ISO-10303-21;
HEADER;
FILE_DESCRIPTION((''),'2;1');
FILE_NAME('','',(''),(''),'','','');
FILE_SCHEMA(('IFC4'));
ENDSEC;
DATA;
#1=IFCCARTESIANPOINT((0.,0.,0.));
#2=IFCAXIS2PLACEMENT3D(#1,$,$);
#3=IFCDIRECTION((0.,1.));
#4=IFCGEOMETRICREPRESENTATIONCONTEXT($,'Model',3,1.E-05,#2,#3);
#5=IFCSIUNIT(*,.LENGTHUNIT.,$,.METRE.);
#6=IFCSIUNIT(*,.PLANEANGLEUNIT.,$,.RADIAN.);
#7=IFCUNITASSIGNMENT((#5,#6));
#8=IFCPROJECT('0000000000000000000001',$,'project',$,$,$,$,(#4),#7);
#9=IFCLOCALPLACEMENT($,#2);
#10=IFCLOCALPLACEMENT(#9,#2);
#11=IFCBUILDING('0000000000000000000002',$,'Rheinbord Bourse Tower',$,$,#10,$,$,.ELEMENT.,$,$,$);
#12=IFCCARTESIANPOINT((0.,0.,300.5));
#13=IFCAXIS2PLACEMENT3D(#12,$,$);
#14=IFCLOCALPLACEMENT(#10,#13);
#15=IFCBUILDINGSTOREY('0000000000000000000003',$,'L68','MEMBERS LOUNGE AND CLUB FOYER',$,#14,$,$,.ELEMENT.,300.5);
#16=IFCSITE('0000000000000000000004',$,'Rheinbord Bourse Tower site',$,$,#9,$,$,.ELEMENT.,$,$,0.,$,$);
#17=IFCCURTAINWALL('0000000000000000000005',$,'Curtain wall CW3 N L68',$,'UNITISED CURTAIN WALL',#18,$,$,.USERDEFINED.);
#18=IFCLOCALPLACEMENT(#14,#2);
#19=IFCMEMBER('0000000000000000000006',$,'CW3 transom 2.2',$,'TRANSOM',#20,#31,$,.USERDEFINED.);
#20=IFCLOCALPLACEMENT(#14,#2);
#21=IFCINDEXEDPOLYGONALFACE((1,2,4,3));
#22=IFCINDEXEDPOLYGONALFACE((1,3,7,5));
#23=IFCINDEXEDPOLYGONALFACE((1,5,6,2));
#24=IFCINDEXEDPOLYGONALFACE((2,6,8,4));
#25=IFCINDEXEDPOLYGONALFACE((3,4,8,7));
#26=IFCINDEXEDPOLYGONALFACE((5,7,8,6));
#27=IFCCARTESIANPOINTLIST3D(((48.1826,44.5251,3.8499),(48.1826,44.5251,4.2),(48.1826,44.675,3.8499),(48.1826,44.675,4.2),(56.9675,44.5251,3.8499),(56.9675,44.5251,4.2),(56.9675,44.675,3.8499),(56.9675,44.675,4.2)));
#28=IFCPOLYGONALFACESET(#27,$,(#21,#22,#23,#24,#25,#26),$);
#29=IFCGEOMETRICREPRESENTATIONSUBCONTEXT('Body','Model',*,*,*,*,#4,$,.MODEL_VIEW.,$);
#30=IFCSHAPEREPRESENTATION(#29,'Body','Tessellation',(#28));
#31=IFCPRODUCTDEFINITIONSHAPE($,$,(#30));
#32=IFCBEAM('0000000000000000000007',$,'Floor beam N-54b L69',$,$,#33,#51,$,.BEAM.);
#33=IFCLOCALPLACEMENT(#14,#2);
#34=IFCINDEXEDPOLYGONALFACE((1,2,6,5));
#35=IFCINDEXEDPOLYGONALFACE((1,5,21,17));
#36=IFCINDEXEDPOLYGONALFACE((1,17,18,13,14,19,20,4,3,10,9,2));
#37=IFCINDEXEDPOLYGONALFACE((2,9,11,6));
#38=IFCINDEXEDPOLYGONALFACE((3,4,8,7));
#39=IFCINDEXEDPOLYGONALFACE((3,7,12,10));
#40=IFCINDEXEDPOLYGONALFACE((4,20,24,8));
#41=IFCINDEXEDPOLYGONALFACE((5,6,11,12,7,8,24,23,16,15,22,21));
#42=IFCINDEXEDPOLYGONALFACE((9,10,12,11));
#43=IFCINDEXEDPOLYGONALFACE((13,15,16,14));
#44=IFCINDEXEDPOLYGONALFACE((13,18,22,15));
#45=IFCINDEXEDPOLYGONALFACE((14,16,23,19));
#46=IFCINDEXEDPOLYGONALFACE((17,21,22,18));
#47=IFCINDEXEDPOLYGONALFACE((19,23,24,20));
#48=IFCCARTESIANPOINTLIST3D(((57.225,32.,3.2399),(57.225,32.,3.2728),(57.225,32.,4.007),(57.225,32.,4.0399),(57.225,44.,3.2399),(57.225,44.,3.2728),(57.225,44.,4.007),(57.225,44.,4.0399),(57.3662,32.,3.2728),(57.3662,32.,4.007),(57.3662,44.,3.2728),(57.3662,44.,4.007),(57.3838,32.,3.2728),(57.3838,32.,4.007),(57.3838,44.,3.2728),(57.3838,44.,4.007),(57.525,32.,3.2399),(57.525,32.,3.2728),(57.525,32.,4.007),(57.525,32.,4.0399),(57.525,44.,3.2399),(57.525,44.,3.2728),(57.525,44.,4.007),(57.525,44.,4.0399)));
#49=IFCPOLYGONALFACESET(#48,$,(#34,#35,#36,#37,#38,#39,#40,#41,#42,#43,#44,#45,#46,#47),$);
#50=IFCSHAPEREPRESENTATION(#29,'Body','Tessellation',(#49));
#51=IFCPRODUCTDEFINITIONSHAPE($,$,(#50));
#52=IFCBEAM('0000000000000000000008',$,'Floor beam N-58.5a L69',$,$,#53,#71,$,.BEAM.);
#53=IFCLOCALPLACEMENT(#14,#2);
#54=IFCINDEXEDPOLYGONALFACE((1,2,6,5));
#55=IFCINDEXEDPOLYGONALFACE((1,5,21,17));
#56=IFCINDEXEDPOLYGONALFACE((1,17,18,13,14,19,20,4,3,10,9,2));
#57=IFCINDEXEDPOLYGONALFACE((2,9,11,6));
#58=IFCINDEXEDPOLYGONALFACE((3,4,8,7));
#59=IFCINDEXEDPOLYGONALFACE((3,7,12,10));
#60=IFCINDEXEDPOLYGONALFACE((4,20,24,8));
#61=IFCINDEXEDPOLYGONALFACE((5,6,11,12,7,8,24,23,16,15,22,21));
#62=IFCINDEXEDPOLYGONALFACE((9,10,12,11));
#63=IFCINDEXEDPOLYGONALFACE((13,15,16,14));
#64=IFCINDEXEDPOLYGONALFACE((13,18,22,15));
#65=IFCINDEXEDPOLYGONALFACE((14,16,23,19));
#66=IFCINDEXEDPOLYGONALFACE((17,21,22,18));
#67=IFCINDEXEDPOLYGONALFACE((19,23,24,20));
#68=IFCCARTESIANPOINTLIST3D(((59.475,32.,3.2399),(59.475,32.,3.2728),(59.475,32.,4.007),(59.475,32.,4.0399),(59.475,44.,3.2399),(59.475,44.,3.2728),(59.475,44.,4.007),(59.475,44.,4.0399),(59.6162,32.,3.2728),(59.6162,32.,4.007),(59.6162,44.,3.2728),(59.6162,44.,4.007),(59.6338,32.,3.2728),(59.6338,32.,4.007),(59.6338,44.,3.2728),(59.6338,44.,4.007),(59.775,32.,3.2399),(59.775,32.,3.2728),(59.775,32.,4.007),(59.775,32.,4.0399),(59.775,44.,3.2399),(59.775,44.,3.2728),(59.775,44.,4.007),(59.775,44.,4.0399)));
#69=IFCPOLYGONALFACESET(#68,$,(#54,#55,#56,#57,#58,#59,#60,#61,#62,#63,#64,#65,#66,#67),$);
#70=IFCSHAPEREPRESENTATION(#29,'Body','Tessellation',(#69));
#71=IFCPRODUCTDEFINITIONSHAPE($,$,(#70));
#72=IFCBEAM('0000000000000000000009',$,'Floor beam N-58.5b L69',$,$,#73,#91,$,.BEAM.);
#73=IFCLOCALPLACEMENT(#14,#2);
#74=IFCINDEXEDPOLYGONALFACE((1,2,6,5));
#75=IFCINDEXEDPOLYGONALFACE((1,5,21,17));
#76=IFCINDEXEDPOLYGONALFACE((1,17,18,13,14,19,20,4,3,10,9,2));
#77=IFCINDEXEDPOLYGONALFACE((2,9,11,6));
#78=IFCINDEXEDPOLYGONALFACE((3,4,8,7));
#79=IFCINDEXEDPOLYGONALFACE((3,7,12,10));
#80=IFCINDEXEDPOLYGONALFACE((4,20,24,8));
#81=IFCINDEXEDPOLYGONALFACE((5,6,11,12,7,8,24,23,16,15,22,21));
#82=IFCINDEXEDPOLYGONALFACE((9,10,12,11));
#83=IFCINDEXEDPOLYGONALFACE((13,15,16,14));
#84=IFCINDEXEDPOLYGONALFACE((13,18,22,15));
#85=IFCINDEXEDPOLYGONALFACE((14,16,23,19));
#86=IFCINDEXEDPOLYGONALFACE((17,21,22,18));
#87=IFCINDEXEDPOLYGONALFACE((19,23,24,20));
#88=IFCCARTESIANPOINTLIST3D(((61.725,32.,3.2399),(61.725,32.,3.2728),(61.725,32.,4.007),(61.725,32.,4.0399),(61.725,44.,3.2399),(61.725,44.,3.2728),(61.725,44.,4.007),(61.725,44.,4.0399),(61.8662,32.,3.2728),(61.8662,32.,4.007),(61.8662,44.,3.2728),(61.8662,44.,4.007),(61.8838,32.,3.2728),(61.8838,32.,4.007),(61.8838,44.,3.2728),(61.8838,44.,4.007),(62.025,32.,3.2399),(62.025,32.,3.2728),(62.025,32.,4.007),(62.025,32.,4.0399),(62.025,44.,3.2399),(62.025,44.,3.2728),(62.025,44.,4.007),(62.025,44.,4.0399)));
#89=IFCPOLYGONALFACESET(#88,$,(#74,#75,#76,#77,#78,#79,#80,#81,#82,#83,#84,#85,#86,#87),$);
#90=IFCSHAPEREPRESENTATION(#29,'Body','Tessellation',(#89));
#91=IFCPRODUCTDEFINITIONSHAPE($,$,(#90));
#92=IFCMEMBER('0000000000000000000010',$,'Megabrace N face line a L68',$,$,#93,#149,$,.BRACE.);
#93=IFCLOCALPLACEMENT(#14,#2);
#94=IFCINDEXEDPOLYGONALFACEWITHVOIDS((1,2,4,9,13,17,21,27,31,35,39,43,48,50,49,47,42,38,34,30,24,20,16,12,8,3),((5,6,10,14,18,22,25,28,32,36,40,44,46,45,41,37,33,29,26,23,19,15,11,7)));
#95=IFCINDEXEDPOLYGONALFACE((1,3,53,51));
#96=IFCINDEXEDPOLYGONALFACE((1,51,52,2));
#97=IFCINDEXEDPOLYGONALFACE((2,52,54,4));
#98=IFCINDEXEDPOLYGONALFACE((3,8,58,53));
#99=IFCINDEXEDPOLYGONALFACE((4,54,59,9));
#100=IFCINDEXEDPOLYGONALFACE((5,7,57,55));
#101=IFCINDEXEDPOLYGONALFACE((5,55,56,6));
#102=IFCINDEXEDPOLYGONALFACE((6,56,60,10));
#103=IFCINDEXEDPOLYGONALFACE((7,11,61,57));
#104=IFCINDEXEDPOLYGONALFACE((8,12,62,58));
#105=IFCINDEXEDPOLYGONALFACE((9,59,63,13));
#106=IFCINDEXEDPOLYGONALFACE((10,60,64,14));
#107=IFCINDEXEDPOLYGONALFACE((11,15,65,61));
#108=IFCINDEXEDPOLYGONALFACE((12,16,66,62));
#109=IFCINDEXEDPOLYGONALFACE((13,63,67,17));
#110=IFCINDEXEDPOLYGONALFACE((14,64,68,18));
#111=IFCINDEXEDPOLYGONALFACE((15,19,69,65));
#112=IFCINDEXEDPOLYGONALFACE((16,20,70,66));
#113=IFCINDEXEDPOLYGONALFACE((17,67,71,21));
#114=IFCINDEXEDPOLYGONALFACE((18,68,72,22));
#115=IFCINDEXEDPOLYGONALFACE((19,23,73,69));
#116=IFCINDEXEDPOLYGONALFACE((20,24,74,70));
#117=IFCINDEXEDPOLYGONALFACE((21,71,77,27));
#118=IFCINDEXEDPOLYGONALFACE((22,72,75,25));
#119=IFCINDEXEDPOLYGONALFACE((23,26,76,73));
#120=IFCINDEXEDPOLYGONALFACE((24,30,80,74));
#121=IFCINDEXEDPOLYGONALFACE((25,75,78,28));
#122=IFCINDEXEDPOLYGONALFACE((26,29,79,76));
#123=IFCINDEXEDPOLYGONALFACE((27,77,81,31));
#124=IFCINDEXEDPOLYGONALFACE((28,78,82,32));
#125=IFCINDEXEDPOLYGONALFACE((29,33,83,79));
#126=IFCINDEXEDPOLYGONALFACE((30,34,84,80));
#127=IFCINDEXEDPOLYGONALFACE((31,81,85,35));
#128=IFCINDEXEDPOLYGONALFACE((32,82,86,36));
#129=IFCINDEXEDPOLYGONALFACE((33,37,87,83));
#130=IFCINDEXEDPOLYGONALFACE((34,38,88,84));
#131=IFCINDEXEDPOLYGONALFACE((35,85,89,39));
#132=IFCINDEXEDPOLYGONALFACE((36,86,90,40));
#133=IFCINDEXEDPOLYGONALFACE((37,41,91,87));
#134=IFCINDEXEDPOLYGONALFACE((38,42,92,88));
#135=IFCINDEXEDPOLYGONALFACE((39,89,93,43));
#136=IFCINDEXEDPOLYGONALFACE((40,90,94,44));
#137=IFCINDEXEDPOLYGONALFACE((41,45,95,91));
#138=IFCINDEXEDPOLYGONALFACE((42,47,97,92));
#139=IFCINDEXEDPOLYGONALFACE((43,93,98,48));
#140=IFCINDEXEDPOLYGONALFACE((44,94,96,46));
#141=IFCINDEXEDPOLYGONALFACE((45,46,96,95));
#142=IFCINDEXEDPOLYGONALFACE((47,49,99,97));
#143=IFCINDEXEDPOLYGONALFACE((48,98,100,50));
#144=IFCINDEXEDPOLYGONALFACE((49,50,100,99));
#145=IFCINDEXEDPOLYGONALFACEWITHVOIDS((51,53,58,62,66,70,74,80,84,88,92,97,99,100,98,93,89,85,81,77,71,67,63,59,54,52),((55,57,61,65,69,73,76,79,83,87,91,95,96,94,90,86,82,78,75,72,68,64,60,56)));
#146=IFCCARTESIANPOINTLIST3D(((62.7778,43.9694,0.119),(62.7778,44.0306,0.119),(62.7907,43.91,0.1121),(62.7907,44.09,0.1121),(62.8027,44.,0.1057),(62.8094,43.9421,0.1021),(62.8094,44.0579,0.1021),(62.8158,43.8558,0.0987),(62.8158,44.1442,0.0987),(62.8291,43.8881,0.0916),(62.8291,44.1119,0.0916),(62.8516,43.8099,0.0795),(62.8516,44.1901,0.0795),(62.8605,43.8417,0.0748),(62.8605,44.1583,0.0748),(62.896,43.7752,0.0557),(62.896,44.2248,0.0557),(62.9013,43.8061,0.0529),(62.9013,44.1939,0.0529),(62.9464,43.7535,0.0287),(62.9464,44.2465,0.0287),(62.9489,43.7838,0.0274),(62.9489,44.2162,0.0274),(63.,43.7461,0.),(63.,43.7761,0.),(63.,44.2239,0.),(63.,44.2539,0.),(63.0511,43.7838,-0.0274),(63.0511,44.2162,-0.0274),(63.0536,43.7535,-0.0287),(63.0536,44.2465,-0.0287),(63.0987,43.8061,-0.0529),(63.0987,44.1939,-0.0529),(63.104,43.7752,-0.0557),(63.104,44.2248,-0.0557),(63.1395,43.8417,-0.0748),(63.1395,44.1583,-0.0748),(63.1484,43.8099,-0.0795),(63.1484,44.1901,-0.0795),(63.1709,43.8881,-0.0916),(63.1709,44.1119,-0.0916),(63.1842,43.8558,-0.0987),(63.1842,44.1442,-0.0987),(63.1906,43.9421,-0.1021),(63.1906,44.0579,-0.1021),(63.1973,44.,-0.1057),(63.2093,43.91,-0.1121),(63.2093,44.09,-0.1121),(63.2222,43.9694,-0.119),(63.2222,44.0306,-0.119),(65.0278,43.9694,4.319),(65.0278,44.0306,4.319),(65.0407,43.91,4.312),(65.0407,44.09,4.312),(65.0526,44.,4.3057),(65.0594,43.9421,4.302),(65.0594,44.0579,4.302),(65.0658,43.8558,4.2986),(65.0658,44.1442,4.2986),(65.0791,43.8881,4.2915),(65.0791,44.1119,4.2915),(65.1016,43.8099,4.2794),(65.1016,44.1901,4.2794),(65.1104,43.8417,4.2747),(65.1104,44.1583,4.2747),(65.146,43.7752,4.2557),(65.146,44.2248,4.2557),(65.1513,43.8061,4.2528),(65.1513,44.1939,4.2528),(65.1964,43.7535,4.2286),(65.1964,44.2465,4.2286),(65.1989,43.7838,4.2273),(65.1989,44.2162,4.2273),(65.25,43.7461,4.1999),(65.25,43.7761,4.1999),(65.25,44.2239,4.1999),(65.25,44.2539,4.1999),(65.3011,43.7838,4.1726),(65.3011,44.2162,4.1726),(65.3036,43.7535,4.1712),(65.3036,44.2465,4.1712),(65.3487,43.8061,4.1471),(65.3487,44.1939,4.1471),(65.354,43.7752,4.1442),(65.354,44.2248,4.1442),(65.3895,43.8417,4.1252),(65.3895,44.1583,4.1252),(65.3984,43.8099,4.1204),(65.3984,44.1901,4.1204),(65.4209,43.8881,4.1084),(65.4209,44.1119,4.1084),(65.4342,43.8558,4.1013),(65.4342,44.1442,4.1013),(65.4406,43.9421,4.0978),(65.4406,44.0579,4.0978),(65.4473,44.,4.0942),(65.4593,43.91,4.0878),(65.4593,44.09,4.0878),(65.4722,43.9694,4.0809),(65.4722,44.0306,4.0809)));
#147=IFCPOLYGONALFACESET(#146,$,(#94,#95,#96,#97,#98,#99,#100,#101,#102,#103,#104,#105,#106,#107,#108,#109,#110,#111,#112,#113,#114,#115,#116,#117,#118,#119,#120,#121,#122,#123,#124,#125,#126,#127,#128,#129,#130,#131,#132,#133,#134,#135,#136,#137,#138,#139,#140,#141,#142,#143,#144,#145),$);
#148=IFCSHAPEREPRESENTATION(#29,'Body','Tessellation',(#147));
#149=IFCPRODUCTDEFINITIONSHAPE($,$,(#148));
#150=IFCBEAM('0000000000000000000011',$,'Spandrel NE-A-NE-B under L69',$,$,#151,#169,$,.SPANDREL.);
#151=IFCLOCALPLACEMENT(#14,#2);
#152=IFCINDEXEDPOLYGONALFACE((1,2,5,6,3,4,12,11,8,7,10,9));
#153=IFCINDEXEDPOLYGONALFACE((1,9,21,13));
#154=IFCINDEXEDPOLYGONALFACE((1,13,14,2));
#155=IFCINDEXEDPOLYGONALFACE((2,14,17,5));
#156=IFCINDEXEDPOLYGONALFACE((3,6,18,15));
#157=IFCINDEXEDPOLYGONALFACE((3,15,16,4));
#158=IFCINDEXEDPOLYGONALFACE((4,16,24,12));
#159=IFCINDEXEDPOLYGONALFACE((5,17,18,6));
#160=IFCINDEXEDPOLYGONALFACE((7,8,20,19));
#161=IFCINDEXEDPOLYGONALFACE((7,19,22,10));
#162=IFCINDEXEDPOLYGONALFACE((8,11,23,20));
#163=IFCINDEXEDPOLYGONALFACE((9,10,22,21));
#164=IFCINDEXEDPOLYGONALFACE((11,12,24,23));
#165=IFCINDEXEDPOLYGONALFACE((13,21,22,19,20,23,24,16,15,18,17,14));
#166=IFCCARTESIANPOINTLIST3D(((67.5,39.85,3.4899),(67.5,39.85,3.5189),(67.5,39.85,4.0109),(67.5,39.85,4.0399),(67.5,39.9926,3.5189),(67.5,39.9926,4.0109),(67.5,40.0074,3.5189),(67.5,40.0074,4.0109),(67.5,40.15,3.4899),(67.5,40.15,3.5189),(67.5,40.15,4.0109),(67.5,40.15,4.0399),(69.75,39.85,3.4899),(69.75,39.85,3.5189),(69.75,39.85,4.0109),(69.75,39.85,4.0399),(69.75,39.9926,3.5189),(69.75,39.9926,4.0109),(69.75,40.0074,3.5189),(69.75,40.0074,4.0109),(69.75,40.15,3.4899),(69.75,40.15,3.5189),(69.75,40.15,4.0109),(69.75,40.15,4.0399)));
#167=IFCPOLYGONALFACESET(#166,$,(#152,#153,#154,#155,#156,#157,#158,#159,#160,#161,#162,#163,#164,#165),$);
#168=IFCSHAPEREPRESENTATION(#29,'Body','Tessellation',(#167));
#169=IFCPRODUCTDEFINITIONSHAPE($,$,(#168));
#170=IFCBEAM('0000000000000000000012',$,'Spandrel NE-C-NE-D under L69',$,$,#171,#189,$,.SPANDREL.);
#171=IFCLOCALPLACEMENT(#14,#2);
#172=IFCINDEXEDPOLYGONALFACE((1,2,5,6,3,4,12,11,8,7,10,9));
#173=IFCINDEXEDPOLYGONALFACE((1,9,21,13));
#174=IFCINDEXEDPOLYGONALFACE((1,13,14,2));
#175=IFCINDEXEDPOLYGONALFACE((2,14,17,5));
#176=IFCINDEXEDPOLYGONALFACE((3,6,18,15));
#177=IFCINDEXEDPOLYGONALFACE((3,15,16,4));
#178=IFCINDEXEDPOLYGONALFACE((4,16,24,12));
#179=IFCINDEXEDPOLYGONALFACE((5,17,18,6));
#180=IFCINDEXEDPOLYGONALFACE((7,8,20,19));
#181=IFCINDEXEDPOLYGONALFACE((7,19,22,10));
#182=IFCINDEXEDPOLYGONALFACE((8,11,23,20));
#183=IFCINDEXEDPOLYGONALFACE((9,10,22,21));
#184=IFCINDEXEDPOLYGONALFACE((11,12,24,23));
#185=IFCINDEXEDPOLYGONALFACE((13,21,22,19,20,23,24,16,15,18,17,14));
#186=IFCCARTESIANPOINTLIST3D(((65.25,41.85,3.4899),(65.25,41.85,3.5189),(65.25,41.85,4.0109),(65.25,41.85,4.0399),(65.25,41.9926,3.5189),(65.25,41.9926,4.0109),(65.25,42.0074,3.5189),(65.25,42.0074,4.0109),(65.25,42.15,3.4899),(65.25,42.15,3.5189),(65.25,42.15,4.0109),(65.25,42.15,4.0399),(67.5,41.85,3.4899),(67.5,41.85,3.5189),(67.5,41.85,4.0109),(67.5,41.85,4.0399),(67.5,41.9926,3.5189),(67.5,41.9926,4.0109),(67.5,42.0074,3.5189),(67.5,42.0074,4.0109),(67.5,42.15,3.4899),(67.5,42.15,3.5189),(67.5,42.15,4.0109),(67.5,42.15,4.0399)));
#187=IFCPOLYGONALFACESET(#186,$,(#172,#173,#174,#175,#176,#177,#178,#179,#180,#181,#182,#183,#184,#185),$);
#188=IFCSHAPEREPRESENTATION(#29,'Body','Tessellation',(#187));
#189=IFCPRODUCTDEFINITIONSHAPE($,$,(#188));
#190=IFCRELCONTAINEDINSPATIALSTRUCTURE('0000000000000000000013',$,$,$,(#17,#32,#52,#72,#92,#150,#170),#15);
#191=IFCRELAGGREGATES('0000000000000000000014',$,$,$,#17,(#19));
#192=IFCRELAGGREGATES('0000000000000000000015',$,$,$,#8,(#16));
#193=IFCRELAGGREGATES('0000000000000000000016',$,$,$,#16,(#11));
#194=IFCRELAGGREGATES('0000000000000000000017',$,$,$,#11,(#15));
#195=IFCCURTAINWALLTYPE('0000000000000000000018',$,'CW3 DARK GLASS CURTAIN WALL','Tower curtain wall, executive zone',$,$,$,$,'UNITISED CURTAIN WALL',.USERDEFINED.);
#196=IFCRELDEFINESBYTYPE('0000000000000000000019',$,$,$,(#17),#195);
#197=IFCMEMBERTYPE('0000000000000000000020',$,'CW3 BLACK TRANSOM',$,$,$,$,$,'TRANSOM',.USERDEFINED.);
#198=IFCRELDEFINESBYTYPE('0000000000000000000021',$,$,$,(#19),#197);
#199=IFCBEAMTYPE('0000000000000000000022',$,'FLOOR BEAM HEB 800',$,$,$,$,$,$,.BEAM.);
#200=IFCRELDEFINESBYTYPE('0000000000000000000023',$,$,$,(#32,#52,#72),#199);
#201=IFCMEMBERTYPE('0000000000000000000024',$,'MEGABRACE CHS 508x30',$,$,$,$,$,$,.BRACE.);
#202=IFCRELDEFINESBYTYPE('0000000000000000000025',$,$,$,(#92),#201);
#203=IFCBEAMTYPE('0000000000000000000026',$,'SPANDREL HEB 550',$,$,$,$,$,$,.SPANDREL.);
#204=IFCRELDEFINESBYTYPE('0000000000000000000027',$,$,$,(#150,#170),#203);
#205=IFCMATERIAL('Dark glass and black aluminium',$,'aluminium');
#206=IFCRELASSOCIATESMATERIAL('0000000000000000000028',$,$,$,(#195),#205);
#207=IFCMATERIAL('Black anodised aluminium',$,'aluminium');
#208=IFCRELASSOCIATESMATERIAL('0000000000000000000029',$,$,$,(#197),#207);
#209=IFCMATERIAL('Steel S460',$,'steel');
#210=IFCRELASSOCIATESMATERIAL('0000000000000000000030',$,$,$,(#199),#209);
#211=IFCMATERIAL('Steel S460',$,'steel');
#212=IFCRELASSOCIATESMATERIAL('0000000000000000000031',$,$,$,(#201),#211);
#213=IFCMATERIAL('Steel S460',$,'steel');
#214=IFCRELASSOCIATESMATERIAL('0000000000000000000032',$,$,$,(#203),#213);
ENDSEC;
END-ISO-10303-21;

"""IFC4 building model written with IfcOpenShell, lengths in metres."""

from ifc_helpers import new_model, si_unit, direction, frame, origin, origin_2d, place, context, subcontext, project, spatial, rectangle, hollow_circle, i_section, extrude, material, material_profile, profile_set, type_object, element, aggregate, save


model = new_model("IFC4")

# Units and contexts
model_context = context("Model", 3, precision=1e-05, world=origin(), true_north=direction((0.0, 1.0)))
body_context = subcontext(model_context, "Body", "Model", "MODEL_VIEW")
ifc_project = project(units=[si_unit("LENGTHUNIT", "METRE"), si_unit("PLANEANGLEUNIT", "RADIAN")], contexts=[model_context])

# Site, building, storey
site_placement = place(None, origin())
site = spatial("IfcSite", under=ifc_project, at=site_placement, Name="Rheinbord Bourse Tower site", CompositionType="ELEMENT", RefElevation=0.0)
building_placement = place(site_placement, origin())
building = spatial("IfcBuilding", under=site, at=building_placement, Name="Rheinbord Bourse Tower", CompositionType="ELEMENT")
storey_placement = place(building_placement, frame((0.0, 0.0, 300.5)))
storey = spatial("IfcBuildingStorey", under=building, at=storey_placement, Name="L68", Description="MEMBERS LOUNGE AND CLUB FOYER", CompositionType="ELEMENT", Elevation=300.5)

# Curtain wall
ifc_material_1 = material(Name="Dark glass and black aluminium", Category="aluminium")
curtain_wall_type = type_object("IfcCurtainWallType", Name="CW3 DARK GLASS CURTAIN WALL", Description="Tower curtain wall, executive zone", ElementType="UNITISED CURTAIN WALL", PredefinedType="USERDEFINED", material=ifc_material_1)
curtain_wall_1_placement = place(storey_placement, origin())
curtain_wall_1 = element("IfcCurtainWall", 1, at=curtain_wall_1_placement, inside=storey, type_object=curtain_wall_type, Name="Curtain wall CW3 N L68", ObjectType="UNITISED CURTAIN WALL", PredefinedType="USERDEFINED")

# Member
ifc_material_2 = material(Name="Black anodised aluminium", Category="aluminium")
ifc_material_profile_1 = material_profile(ifc_material_2, rectangle(XDim=0.1499, YDim=0.3501, at=origin_2d()), Name="CW3 TRANSOM 350x150")
ifc_profile_set_1 = profile_set([ifc_material_profile_1], Name="Black anodised aluminium")
member_type_1 = type_object("IfcMemberType", Name="CW3 BLACK TRANSOM", ElementType="TRANSOM", PredefinedType="USERDEFINED", material=ifc_profile_set_1)
member_1_placement = place(storey_placement, frame((56.9675, 44.6001, 4.0249), z_axis=(-1.0, 0.0, 0.0), x_axis=(0.0, -1.0, 0.0)))
member_1 = element("IfcMember", 2, at=member_1_placement, type_object=member_type_1, Name="CW3 transom 2.2", ObjectType="TRANSOM", PredefinedType="USERDEFINED", context=body_context, shape_type="SweptSolid", body=[
    extrude(rectangle(XDim=0.1499, YDim=0.3501, at=origin_2d()), origin(), (0.0, 0.0, 1.0), 8.7849),
])

# Beams
ifc_material_3 = material(Name="Steel S460", Category="steel")
ifc_material_profile_2 = material_profile(ifc_material_3, i_section(OverallWidth=0.3, OverallDepth=0.8, WebThickness=0.0176, FlangeThickness=0.033, at=origin_2d()), Name="HEB 800")
ifc_profile_set_2 = profile_set([ifc_material_profile_2], Name="Steel S460")
beam_type_1 = type_object("IfcBeamType", Name="FLOOR BEAM HEB 800", PredefinedType="BEAM", material=ifc_profile_set_2)
for number, where, z_axis, x_axis, name in (
    (3, (57.375, 44.0, 3.6399), (0.0, -1.0, 0.0), (1.0, 0.0, 0.0), "Floor beam N-54b L69"),
    (4, (59.625, 44.0, 3.6399), (0.0, -1.0, 0.0), (1.0, 0.0, 0.0), "Floor beam N-58.5a L69"),
    (5, (61.875, 44.0, 3.6399), (0.0, -1.0, 0.0), (1.0, 0.0, 0.0), "Floor beam N-58.5b L69"),
):
    element("IfcBeam", number, at=place(storey_placement, frame(where, z_axis=z_axis, x_axis=x_axis)), inside=storey, type_object=beam_type_1, Name=name, PredefinedType="BEAM", context=body_context, shape_type="SweptSolid", body=[
        extrude(i_section(OverallWidth=0.3, OverallDepth=0.8, WebThickness=0.0176, FlangeThickness=0.033, at=origin_2d()), origin(), (0.0, 0.0, 1.0), 12.0),
    ])

# Member
ifc_material_4 = material(Name="Steel S460", Category="steel")
ifc_material_profile_3 = material_profile(ifc_material_4, hollow_circle(Radius=0.2539, WallThickness=0.03, at=origin_2d()), Name="CHS 508x30")
ifc_profile_set_3 = profile_set([ifc_material_profile_3], Name="Steel S460")
member_type_2 = type_object("IfcMemberType", Name="MEGABRACE CHS 508x30", PredefinedType="BRACE", material=ifc_profile_set_3)
member_2_placement = place(storey_placement, frame((63.0, 44.0, 0.0), z_axis=(0.472226, 0.0, 0.881478), x_axis=(0.0, 1.0, 0.0)))
element("IfcMember", 6, at=member_2_placement, inside=storey, type_object=member_type_2, Name="Megabrace N face line a L68", PredefinedType="BRACE", context=body_context, shape_type="SweptSolid", body=[
    extrude(hollow_circle(Radius=0.2539, WallThickness=0.03, at=origin_2d()), origin(), (0.0, 0.0, 1.0), 4.7646),
])

# Beams
ifc_material_5 = material(Name="Steel S460", Category="steel")
ifc_material_profile_4 = material_profile(ifc_material_5, i_section(OverallWidth=0.3, OverallDepth=0.55, WebThickness=0.0149, FlangeThickness=0.0291, at=origin_2d()), Name="HEB 550")
ifc_profile_set_4 = profile_set([ifc_material_profile_4], Name="Steel S460")
beam_type_2 = type_object("IfcBeamType", Name="SPANDREL HEB 550", PredefinedType="SPANDREL", material=ifc_profile_set_4)
for number, where, z_axis, x_axis, name in (
    (7, (69.75, 40.0, 3.7649), (-1.0, 0.0, 0.0), (0.0, -1.0, 0.0), "Spandrel NE-A-NE-B under L69"),
    (8, (67.5, 42.0, 3.7649), (-1.0, 0.0, 0.0), (0.0, -1.0, 0.0), "Spandrel NE-C-NE-D under L69"),
):
    element("IfcBeam", number, at=place(storey_placement, frame(where, z_axis=z_axis, x_axis=x_axis)), inside=storey, type_object=beam_type_2, Name=name, PredefinedType="SPANDREL", context=body_context, shape_type="SweptSolid", body=[
        extrude(i_section(OverallWidth=0.3, OverallDepth=0.55, WebThickness=0.0149, FlangeThickness=0.0291, at=origin_2d()), origin(), (0.0, 0.0, 1.0), 2.25),
    ])

aggregate(curtain_wall_1, [member_1])

save(model, "model.ifc")
